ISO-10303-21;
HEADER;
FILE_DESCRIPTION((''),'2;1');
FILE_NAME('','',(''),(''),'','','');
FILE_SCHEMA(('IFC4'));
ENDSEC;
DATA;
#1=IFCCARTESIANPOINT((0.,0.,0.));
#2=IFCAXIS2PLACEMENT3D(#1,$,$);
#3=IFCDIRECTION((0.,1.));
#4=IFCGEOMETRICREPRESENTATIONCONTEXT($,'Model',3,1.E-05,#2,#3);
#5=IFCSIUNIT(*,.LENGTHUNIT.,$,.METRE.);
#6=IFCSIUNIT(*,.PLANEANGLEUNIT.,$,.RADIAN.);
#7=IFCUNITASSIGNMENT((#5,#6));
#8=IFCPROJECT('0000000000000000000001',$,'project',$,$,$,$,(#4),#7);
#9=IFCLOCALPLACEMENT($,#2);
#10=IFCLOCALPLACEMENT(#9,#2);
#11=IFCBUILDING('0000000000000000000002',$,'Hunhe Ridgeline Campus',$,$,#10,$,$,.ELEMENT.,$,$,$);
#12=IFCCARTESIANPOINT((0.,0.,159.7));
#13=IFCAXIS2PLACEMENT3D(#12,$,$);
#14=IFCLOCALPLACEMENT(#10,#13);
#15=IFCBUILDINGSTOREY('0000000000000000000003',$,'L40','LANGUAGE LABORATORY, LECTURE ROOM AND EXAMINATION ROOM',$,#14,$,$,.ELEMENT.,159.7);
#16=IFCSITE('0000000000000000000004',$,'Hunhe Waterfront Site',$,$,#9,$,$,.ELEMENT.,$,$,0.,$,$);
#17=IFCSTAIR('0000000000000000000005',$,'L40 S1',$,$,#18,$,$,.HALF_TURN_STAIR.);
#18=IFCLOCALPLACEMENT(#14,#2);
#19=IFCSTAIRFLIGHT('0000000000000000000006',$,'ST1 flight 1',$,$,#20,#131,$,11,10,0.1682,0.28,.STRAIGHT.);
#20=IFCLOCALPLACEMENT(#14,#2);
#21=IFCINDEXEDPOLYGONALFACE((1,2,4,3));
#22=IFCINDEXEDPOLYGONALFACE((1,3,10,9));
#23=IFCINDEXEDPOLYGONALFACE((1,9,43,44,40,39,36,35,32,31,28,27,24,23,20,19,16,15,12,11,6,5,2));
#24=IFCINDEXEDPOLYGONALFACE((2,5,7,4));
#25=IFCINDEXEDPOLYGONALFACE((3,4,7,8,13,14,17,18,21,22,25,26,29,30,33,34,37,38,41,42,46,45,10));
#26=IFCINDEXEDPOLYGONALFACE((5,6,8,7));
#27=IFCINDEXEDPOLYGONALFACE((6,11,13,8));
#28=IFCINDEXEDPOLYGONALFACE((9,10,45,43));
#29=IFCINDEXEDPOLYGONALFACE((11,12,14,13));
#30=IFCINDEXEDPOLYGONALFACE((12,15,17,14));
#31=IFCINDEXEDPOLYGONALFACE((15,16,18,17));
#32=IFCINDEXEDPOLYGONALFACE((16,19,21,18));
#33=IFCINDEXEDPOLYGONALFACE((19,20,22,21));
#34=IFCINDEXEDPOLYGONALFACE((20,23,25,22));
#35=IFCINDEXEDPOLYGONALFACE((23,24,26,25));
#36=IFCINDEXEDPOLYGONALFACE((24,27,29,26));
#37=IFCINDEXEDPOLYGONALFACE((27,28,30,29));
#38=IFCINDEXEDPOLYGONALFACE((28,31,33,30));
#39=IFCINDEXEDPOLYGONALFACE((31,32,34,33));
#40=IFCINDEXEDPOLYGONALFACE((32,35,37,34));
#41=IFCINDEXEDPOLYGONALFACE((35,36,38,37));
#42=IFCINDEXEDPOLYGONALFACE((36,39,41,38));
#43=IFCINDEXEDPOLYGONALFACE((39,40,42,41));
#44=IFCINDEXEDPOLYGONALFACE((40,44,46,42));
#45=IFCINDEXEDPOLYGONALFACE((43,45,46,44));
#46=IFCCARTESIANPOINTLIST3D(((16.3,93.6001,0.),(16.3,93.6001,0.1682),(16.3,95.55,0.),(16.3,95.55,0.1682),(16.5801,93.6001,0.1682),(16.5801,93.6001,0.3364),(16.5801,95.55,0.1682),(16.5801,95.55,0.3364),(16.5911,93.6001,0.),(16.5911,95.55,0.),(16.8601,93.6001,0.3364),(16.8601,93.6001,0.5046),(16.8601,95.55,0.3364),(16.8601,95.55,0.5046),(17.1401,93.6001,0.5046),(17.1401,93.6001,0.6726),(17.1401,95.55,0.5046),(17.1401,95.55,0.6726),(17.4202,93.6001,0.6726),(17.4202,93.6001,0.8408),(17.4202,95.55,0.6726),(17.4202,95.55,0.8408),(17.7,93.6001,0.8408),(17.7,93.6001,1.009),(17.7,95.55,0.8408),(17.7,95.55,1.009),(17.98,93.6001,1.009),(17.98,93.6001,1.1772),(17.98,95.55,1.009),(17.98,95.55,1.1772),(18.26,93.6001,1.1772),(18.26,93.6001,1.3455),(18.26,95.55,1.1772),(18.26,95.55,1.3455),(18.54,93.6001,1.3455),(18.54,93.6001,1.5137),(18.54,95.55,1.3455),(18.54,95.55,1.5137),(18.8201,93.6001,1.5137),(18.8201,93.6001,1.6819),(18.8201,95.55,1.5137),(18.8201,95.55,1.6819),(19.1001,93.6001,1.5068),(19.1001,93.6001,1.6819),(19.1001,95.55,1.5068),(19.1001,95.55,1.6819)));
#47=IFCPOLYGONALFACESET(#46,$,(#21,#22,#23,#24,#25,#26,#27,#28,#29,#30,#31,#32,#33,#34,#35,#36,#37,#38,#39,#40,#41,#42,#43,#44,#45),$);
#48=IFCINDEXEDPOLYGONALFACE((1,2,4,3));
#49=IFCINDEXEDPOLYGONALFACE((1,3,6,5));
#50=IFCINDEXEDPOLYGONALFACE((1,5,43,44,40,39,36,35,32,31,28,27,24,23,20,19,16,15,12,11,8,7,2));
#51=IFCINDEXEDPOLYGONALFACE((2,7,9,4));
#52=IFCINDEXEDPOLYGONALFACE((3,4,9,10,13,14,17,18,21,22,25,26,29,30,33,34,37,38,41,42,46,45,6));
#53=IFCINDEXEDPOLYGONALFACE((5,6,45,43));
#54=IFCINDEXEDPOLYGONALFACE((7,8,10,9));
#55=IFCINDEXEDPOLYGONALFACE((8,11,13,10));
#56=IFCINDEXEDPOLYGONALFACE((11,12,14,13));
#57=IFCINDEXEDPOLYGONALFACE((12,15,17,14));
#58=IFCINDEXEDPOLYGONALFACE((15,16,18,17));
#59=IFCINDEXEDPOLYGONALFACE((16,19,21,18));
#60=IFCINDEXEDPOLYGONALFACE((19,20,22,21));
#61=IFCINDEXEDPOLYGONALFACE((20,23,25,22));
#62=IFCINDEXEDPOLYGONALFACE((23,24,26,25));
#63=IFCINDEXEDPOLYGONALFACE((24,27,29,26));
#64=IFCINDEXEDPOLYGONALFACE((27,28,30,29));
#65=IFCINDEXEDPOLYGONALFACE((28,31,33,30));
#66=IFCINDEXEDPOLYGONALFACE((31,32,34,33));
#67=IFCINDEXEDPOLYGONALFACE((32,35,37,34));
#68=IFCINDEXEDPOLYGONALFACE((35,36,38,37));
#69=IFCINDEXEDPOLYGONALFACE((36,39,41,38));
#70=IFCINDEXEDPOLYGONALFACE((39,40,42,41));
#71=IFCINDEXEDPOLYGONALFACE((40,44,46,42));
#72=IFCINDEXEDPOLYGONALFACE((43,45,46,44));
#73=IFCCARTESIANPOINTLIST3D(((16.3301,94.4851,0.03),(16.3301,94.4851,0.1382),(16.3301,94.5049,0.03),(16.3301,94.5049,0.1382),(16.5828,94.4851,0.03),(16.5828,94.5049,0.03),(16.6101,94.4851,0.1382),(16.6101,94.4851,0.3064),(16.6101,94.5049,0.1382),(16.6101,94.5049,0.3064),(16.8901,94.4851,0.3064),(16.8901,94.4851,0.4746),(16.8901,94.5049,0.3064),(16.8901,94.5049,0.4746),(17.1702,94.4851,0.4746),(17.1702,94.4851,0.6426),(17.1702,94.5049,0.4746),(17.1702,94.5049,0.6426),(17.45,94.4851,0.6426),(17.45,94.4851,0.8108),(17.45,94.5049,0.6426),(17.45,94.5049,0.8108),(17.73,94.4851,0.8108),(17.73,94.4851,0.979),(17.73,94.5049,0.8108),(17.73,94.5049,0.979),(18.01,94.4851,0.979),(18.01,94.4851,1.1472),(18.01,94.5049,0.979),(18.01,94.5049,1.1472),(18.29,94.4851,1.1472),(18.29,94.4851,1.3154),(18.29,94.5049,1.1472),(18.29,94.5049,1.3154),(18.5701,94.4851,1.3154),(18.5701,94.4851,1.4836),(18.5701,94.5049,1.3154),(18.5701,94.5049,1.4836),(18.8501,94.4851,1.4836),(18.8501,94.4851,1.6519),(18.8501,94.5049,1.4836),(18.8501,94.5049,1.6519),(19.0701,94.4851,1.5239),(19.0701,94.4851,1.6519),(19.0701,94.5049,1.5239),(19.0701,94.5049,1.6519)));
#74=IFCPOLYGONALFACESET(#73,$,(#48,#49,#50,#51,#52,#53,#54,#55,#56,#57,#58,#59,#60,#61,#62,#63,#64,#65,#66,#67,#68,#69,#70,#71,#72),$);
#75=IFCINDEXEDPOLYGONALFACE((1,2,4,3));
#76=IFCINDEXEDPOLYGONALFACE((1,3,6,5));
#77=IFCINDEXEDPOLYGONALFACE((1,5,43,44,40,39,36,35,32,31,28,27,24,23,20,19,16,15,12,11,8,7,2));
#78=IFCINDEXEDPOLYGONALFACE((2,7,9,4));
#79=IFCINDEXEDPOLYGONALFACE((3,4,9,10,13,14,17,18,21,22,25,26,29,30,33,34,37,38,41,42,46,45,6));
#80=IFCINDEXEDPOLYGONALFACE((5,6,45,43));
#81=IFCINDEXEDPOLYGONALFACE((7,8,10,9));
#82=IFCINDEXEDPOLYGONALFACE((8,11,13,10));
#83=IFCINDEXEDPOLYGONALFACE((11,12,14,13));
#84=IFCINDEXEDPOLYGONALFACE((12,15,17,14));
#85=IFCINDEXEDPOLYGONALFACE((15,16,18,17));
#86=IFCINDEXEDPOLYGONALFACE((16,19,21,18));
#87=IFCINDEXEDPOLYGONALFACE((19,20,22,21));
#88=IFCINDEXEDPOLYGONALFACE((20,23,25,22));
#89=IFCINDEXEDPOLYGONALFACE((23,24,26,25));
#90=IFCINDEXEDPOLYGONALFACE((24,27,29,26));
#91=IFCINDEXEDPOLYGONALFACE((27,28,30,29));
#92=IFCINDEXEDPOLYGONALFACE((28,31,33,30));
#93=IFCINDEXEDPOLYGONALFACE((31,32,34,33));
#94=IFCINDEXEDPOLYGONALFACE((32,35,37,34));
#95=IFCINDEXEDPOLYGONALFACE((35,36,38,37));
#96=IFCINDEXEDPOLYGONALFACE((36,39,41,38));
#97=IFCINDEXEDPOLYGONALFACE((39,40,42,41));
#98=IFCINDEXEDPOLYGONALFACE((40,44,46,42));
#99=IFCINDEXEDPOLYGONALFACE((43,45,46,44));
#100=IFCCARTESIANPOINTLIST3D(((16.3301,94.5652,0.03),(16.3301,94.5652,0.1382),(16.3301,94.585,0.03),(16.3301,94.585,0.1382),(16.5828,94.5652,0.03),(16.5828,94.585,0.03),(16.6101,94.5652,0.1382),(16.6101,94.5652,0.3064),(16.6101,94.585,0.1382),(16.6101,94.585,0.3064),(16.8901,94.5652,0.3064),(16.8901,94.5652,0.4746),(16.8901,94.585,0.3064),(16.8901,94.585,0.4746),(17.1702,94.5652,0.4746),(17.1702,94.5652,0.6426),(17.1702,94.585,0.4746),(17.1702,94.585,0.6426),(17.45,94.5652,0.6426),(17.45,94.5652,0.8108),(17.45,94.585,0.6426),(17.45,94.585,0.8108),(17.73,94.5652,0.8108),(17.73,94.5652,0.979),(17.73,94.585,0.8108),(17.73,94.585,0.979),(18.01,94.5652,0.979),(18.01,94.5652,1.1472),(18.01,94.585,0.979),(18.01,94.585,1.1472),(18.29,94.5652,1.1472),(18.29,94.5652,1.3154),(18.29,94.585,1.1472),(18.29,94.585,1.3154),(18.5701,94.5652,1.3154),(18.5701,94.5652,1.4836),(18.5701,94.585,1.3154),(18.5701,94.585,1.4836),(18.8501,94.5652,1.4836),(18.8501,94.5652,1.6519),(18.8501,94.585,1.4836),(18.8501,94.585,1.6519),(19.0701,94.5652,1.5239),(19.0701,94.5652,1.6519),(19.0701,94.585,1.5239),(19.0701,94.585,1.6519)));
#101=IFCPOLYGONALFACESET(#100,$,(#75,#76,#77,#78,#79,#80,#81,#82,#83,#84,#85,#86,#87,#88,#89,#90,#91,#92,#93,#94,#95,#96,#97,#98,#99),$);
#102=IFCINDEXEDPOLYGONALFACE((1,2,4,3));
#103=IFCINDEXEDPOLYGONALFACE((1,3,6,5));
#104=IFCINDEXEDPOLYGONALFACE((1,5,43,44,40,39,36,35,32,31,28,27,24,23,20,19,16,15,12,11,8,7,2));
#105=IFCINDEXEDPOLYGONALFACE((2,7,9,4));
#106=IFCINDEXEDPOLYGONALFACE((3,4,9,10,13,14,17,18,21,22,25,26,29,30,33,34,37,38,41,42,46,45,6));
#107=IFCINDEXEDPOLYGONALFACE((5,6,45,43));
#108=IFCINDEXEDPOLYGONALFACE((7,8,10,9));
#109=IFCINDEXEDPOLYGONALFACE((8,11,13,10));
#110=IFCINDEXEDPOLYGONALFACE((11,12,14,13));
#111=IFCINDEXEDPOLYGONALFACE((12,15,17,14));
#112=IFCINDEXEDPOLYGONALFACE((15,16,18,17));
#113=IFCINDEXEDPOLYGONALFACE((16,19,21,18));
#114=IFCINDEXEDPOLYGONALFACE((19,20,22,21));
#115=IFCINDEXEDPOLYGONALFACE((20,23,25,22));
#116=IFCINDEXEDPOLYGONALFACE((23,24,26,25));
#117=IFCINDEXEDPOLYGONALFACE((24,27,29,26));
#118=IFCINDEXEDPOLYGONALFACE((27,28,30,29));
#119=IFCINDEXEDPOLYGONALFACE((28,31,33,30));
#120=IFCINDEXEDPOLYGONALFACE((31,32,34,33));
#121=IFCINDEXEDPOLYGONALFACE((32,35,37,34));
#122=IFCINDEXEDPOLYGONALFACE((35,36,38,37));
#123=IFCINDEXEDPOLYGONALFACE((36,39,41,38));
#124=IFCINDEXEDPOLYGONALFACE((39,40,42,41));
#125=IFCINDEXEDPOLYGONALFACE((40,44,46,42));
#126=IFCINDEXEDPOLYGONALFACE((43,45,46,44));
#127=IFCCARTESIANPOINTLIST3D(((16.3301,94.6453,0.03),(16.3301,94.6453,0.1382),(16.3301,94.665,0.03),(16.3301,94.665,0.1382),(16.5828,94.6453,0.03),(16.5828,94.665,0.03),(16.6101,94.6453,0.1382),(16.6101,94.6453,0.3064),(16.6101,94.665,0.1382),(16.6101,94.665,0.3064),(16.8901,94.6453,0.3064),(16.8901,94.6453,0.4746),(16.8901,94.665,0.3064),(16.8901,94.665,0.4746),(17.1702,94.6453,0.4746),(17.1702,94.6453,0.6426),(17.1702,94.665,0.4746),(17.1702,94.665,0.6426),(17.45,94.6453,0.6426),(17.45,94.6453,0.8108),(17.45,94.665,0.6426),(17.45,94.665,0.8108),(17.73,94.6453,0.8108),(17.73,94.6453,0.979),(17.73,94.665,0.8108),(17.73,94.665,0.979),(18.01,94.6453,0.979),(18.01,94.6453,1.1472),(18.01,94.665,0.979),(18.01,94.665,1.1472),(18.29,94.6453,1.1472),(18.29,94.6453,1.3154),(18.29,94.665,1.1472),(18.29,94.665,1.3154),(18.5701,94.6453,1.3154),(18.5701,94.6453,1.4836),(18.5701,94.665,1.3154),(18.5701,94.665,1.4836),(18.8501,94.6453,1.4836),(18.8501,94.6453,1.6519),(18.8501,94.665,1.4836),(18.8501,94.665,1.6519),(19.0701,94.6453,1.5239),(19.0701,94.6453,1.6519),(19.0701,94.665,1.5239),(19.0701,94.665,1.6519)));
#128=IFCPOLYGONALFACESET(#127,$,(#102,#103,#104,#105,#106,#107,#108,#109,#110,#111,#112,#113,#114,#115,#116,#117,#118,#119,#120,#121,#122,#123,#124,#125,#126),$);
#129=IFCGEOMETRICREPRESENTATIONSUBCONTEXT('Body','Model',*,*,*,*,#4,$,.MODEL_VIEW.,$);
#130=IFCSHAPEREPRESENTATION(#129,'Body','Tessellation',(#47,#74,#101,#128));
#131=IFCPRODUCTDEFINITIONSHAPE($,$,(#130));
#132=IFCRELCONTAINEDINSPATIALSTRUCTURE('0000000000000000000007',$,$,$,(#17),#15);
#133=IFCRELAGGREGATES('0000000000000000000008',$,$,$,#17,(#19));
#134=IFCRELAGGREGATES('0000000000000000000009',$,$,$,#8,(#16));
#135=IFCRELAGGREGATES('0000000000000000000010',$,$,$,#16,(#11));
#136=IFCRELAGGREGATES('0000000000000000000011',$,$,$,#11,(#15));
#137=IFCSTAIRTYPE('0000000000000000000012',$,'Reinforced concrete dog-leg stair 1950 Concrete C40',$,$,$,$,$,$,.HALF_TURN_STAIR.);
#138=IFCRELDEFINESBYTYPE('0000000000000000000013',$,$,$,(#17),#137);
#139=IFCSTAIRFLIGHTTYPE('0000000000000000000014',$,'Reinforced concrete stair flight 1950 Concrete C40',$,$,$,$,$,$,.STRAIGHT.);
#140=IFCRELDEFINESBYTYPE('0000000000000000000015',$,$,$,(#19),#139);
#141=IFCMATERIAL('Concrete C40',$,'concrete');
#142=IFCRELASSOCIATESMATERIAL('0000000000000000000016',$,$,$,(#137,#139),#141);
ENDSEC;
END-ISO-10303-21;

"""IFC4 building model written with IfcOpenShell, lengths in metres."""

from ifc_helpers import new_model, si_unit, direction, frame, origin, place, context, subcontext, project, spatial, polyline, outline, extrude, material, type_object, element, aggregate, save


model = new_model("IFC4")

# Units and contexts
model_context = context("Model", 3, precision=1e-05, world=origin(), true_north=direction((0.0, 1.0)))
body_context = subcontext(model_context, "Body", "Model", "MODEL_VIEW")
ifc_project = project(units=[si_unit("LENGTHUNIT", "METRE"), si_unit("PLANEANGLEUNIT", "RADIAN")], contexts=[model_context])

# Site, building, storey
site_placement = place(None, origin())
site = spatial("IfcSite", under=ifc_project, at=site_placement, Name="Hunhe Waterfront Site", CompositionType="ELEMENT", RefElevation=0.0)
building_placement = place(site_placement, origin())
building = spatial("IfcBuilding", under=site, at=building_placement, Name="Hunhe Ridgeline Campus", CompositionType="ELEMENT")
storey_placement = place(building_placement, frame((0.0, 0.0, 159.7)))
storey = spatial("IfcBuildingStorey", under=building, at=storey_placement, Name="L40", Description="LANGUAGE LABORATORY, LECTURE ROOM AND EXAMINATION ROOM", CompositionType="ELEMENT", Elevation=159.7)

# Stair, stair flight
ifc_material_1 = material(Name="Concrete C40", Category="concrete")
stair_type = type_object("IfcStairType", Name="Reinforced concrete dog-leg stair 1950 Concrete C40", PredefinedType="HALF_TURN_STAIR", material=ifc_material_1)
stair_placement = place(storey_placement, origin())
stair = element("IfcStair", 1, at=stair_placement, inside=storey, type_object=stair_type, Name="L40 S1", PredefinedType="HALF_TURN_STAIR")
stair_flight_type = type_object("IfcStairFlightType", Name="Reinforced concrete stair flight 1950 Concrete C40", PredefinedType="STRAIGHT", material=ifc_material_1)
stair_flight_placement = place(storey_placement, frame((16.3, 94.575, 0.0), z_axis=(0.0, 0.0, 1.0), x_axis=(1.0, 0.0, 0.0)))
stair_flight = element("IfcStairFlight", 2, at=stair_flight_placement, type_object=stair_flight_type, Name="ST1 flight 1", NumberOfRisers=11, NumberOfTreads=10, PredefinedType="STRAIGHT", RiserHeight=0.1682, TreadLength=0.28, context=body_context, shape_type="SweptSolid", body=[
    extrude(outline(polyline([(0.0, 0.0), (0.0, 0.1682), (0.28, 0.1682), (0.28, 0.3364), (0.5601, 0.3364), (0.5601, 0.5046), (0.8401, 0.5046), (0.8401, 0.6726), (1.1201, 0.6726), (1.1201, 0.8408), (1.3999, 0.8408), (1.3999, 1.009), (1.6799, 1.009), (1.6799, 1.1772), (1.96, 1.1772), (1.96, 1.3455), (2.24, 1.3455), (2.24, 1.5137), (2.52, 1.5137), (2.52, 1.6819), (2.8, 1.6819), (2.8, 1.8501), (2.8, 1.5068), (0.291, 0.0), (0.0, 0.0)])), frame((0.0, 0.9751, 0.0), z_axis=(0.0, -1.0, 0.0), x_axis=(1.0, 0.0, 0.0)), (0.0, 0.0, 1.0), 1.95),
    extrude(outline(polyline([(0.03, 0.03), (0.03, 0.1382), (0.3101, 0.1382), (0.3101, 0.3064), (0.5901, 0.3064), (0.5901, 0.4746), (0.8701, 0.4746), (0.8701, 0.6426), (1.1499, 0.6426), (1.1499, 0.8108), (1.4299, 0.8108), (1.4299, 0.979), (1.71, 0.979), (1.71, 1.1472), (1.99, 1.1472), (1.99, 1.3154), (2.27, 1.3154), (2.27, 1.4836), (2.55, 1.4836), (2.55, 1.6519), (2.77, 1.6519), (2.77, 1.5239), (0.2827, 0.03), (0.03, 0.03)])), frame((0.0, -0.0701, 0.0), z_axis=(0.0, -1.0, 0.0), x_axis=(1.0, 0.0, 0.0)), (0.0, 0.0, 1.0), 0.0198),
    extrude(outline(polyline([(0.03, 0.03), (0.03, 0.1382), (0.3101, 0.1382), (0.3101, 0.3064), (0.5901, 0.3064), (0.5901, 0.4746), (0.8701, 0.4746), (0.8701, 0.6426), (1.1499, 0.6426), (1.1499, 0.8108), (1.4299, 0.8108), (1.4299, 0.979), (1.71, 0.979), (1.71, 1.1472), (1.99, 1.1472), (1.99, 1.3154), (2.27, 1.3154), (2.27, 1.4836), (2.55, 1.4836), (2.55, 1.6519), (2.77, 1.6519), (2.77, 1.5239), (0.2827, 0.03), (0.03, 0.03)])), frame((0.0, 0.01, 0.0), z_axis=(0.0, -1.0, 0.0), x_axis=(1.0, 0.0, 0.0)), (0.0, 0.0, 1.0), 0.0198),
    extrude(outline(polyline([(0.03, 0.03), (0.03, 0.1382), (0.3101, 0.1382), (0.3101, 0.3064), (0.5901, 0.3064), (0.5901, 0.4746), (0.8701, 0.4746), (0.8701, 0.6426), (1.1499, 0.6426), (1.1499, 0.8108), (1.4299, 0.8108), (1.4299, 0.979), (1.71, 0.979), (1.71, 1.1472), (1.99, 1.1472), (1.99, 1.3154), (2.27, 1.3154), (2.27, 1.4836), (2.55, 1.4836), (2.55, 1.6519), (2.77, 1.6519), (2.77, 1.5239), (0.2827, 0.03), (0.03, 0.03)])), frame((0.0, 0.0901, 0.0), z_axis=(0.0, -1.0, 0.0), x_axis=(1.0, 0.0, 0.0)), (0.0, 0.0, 1.0), 0.0198),
])
aggregate(stair, [stair_flight])

save(model, "model.ifc")
